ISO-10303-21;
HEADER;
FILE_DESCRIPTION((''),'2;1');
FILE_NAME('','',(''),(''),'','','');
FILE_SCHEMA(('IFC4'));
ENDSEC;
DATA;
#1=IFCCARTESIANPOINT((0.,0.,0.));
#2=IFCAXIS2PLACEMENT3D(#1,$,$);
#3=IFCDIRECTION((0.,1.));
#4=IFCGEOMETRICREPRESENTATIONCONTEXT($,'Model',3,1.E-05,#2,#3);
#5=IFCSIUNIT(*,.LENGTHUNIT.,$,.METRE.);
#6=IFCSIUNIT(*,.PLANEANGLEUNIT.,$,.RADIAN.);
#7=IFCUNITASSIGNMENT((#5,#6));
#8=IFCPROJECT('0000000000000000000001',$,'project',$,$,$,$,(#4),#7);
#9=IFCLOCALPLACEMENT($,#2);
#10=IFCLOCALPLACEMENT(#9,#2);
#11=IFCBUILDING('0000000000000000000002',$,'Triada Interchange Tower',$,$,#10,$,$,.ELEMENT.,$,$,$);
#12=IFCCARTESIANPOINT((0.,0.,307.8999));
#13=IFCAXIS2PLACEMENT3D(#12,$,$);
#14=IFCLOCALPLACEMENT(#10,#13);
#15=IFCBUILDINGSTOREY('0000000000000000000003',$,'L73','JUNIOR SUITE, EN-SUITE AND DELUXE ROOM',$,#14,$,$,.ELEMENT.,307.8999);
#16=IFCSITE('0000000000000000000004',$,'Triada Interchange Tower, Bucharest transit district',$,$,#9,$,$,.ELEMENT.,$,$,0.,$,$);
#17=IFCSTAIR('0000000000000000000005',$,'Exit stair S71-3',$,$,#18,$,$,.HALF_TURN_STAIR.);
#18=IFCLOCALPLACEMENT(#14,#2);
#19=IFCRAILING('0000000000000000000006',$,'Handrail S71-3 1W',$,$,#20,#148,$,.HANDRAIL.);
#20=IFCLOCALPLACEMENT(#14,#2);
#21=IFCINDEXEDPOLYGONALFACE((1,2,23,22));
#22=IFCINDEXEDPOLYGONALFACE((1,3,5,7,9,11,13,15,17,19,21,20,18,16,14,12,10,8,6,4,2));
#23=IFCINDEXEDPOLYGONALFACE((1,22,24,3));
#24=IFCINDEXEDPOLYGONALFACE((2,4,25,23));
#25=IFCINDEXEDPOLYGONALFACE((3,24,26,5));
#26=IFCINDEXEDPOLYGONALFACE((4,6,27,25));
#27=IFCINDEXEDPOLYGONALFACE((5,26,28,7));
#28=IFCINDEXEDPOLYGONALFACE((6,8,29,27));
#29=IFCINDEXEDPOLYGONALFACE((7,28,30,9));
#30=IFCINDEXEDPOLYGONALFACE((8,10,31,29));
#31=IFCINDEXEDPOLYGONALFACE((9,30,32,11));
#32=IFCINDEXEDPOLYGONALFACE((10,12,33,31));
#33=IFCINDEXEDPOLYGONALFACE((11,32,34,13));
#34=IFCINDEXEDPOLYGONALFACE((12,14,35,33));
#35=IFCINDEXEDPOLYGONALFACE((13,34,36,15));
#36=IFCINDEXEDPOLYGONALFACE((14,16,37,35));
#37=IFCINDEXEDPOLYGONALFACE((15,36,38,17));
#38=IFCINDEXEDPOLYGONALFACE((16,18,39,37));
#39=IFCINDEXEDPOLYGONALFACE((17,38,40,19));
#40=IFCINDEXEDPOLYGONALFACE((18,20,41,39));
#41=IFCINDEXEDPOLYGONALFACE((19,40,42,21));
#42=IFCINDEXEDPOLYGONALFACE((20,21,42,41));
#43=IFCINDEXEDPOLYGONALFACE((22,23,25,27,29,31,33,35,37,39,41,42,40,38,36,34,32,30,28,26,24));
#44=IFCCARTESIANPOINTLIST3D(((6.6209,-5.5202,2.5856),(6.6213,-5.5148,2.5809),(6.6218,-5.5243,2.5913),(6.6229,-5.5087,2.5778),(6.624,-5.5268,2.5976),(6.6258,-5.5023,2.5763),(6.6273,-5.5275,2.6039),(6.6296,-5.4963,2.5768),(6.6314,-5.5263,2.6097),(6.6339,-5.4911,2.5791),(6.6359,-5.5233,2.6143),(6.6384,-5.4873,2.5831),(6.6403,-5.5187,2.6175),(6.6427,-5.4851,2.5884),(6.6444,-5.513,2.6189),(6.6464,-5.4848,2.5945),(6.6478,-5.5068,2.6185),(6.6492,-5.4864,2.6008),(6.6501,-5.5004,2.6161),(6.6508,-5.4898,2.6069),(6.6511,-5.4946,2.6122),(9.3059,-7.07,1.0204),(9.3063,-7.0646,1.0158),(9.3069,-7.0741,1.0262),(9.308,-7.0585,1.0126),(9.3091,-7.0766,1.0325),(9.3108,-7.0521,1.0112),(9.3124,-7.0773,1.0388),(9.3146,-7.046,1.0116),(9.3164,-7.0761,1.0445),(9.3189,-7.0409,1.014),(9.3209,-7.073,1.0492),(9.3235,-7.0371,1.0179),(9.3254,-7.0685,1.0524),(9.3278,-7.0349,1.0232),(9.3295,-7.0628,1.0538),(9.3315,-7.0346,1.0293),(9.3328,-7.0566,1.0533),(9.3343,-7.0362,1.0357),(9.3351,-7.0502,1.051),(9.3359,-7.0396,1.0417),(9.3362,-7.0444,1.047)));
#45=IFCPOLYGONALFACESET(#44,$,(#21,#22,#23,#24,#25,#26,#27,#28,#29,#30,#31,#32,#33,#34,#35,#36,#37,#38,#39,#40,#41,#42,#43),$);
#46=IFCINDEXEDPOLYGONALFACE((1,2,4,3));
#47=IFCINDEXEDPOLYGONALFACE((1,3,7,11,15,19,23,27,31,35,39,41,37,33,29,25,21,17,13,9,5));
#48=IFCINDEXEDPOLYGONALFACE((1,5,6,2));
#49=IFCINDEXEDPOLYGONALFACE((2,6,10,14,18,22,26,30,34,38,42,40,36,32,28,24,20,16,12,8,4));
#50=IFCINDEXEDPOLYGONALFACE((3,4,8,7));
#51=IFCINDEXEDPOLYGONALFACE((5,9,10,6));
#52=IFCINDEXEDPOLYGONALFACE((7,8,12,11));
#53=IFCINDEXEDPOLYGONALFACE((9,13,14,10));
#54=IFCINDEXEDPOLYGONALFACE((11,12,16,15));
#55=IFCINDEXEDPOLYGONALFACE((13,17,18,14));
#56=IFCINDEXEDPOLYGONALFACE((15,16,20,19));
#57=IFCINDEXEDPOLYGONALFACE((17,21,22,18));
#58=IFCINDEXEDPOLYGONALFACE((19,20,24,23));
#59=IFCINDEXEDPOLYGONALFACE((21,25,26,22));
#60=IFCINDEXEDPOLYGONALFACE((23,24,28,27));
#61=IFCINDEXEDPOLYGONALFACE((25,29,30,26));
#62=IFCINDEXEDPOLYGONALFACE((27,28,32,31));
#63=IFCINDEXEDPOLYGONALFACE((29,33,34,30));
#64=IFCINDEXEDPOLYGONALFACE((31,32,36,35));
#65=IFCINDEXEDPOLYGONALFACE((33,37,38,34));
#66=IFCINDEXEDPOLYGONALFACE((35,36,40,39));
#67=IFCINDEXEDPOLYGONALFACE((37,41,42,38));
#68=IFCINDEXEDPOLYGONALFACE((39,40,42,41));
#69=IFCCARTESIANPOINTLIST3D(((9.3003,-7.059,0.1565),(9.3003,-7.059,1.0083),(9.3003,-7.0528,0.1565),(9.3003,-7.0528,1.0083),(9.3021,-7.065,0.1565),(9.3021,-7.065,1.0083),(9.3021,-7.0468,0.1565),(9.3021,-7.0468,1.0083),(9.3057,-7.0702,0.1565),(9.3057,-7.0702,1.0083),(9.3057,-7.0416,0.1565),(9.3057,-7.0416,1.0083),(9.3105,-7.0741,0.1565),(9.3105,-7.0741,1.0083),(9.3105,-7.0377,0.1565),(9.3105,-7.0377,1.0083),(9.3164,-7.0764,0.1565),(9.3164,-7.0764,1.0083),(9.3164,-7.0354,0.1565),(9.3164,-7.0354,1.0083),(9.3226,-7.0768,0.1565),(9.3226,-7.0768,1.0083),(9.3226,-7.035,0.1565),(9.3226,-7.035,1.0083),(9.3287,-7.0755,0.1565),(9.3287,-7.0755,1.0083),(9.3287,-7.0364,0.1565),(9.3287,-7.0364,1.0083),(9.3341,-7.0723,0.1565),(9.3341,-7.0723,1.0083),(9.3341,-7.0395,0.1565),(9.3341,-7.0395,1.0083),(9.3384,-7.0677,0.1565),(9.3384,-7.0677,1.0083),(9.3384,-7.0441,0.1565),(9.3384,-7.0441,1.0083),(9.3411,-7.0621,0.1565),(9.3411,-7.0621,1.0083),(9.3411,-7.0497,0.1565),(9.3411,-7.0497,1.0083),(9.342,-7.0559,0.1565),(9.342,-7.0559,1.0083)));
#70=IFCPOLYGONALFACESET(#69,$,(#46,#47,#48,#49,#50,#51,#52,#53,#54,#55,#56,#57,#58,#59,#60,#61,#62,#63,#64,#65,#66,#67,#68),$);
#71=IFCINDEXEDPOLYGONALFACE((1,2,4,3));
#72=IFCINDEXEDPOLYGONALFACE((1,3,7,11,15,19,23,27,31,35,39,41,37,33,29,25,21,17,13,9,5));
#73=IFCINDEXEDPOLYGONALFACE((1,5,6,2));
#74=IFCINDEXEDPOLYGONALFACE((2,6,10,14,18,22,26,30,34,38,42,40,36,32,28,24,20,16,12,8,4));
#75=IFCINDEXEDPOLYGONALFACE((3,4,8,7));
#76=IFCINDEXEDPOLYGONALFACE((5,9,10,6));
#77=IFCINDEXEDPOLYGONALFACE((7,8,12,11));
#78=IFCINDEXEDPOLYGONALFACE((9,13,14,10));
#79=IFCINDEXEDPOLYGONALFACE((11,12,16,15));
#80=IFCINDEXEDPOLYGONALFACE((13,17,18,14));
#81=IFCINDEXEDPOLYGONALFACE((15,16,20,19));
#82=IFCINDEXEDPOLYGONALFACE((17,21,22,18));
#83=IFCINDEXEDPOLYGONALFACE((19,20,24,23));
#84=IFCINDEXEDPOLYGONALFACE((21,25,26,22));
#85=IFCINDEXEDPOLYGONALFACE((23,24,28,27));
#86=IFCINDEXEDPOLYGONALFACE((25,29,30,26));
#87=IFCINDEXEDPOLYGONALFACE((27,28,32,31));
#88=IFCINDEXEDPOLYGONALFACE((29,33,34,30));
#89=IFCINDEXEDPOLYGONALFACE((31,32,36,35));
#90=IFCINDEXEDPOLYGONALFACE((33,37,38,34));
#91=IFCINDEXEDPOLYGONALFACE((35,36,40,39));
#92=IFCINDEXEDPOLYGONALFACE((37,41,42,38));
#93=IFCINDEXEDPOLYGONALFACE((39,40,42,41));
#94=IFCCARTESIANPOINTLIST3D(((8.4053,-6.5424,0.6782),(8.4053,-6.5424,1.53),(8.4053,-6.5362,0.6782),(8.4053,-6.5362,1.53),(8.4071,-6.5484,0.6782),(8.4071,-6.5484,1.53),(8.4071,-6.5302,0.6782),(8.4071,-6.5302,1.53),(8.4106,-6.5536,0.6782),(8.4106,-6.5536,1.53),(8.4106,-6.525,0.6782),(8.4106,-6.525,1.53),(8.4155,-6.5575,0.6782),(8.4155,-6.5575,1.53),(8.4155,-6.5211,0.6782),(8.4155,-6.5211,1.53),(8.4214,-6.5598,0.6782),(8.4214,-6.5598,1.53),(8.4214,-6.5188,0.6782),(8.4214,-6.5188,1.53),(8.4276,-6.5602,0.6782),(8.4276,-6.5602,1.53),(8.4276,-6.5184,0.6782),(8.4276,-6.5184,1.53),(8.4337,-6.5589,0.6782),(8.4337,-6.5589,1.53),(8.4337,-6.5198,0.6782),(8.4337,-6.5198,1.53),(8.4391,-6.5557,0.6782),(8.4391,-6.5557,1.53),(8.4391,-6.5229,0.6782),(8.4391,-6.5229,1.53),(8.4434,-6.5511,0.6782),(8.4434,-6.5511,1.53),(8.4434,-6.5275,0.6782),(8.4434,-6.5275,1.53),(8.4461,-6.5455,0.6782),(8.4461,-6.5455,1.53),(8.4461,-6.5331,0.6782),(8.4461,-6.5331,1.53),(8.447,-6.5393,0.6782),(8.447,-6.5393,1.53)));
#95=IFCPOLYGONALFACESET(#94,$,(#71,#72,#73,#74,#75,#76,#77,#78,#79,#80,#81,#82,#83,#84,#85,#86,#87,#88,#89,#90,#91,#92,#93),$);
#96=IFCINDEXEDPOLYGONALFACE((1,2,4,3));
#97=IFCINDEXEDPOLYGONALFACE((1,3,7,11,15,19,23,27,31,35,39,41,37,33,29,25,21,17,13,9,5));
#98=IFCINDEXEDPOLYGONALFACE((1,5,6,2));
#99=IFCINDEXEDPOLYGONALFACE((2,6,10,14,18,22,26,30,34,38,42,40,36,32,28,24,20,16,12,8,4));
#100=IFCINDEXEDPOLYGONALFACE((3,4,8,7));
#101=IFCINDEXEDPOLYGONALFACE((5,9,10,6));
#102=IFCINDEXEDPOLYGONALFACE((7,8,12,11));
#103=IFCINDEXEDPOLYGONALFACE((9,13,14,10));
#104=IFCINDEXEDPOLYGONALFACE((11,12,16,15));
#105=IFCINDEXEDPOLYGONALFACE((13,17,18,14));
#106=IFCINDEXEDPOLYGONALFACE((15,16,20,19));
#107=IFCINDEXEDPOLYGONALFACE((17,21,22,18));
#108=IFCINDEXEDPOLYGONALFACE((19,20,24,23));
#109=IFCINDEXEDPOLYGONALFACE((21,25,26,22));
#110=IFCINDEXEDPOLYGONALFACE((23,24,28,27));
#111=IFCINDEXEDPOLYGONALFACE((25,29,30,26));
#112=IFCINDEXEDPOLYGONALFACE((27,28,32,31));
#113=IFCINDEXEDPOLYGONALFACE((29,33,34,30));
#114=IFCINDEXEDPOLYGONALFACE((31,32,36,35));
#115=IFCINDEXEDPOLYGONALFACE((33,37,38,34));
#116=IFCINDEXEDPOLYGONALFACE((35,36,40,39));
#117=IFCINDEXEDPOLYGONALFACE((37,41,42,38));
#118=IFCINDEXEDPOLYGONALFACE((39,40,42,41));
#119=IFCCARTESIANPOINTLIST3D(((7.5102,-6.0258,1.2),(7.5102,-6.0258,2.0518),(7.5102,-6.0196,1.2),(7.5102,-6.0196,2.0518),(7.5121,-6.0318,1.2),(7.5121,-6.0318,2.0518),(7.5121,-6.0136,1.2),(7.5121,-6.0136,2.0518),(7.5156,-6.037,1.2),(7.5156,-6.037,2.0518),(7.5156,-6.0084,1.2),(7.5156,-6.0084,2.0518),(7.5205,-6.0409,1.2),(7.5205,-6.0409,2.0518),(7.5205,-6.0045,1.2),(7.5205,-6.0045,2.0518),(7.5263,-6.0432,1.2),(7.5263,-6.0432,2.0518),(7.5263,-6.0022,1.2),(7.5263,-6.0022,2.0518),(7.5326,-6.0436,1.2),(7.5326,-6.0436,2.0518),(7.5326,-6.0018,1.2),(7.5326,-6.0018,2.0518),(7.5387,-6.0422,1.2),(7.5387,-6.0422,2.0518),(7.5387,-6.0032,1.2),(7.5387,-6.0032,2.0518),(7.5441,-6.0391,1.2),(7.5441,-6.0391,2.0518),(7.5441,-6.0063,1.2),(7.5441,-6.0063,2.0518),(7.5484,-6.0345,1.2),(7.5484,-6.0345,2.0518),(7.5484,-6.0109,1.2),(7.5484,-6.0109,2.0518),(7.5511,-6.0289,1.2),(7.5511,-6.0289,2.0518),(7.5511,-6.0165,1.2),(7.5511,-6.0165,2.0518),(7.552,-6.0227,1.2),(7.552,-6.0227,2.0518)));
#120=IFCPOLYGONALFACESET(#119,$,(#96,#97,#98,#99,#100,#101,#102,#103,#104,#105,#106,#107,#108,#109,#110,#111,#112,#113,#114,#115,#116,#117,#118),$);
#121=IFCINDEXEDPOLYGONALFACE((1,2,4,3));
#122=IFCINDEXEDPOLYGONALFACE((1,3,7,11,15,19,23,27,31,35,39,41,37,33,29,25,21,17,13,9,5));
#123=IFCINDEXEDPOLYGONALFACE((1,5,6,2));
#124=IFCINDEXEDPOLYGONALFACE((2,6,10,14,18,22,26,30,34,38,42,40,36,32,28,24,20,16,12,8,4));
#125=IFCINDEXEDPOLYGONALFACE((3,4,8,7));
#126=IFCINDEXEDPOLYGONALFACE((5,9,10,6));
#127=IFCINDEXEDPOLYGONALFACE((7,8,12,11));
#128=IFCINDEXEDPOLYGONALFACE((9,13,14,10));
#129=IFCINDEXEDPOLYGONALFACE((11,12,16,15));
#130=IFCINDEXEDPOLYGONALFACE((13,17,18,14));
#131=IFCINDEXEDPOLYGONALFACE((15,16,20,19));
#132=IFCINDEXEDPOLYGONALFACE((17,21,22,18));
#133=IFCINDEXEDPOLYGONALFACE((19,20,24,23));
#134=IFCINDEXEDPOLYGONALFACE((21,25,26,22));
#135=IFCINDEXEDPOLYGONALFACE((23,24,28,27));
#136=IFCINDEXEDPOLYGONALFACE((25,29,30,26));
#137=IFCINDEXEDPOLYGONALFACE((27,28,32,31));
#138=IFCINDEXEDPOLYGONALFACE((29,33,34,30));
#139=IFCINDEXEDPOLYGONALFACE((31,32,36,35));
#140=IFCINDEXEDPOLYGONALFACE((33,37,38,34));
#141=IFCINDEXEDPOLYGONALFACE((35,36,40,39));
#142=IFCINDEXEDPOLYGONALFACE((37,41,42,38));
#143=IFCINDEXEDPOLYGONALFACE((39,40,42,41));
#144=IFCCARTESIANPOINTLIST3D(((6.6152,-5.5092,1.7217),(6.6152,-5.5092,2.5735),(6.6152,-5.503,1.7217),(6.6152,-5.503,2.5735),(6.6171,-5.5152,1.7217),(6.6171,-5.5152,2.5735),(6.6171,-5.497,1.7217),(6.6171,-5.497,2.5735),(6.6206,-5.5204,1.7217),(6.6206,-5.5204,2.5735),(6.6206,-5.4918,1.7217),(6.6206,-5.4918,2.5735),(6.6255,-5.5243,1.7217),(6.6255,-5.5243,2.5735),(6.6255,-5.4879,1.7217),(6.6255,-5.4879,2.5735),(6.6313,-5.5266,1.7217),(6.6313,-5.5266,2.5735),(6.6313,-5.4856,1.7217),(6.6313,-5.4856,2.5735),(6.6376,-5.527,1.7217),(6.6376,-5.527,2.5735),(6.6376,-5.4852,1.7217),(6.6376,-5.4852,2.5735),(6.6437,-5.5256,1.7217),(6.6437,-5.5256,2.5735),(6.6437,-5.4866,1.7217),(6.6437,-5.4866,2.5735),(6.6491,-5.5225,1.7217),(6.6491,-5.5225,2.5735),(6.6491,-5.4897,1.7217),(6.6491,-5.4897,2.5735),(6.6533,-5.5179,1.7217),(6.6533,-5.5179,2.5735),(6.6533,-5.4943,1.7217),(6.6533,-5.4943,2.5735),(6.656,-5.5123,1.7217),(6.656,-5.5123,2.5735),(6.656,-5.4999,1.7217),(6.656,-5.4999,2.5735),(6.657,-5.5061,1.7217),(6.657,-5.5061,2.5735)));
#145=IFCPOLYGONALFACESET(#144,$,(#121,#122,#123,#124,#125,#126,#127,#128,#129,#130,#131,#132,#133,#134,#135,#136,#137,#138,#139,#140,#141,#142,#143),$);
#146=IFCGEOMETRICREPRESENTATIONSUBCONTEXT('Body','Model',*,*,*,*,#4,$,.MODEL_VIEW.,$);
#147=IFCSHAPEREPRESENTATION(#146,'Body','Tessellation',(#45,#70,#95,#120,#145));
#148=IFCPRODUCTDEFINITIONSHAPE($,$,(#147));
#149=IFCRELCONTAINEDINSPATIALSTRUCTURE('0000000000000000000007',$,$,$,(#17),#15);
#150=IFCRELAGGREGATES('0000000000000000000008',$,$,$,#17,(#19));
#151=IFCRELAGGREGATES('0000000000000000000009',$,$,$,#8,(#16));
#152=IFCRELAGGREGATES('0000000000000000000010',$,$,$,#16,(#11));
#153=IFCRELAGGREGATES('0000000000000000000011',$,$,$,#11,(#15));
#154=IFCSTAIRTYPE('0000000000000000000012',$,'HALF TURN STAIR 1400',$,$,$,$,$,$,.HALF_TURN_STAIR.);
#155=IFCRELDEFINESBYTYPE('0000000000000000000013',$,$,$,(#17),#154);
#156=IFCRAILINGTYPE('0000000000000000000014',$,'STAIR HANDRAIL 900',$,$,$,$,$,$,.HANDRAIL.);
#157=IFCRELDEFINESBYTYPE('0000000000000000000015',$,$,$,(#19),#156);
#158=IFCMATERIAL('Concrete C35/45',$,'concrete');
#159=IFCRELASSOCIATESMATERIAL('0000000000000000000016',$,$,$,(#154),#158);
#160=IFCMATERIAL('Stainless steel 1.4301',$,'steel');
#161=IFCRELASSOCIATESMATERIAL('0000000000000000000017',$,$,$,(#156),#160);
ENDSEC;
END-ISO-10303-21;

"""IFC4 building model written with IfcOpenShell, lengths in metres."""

from ifc_helpers import new_model, si_unit, direction, frame, origin, origin_2d, place, context, subcontext, project, spatial, circle, extrude, material, type_object, element, aggregate, save


model = new_model("IFC4")

# Units and contexts
model_context = context("Model", 3, precision=1e-05, world=origin(), true_north=direction((0.0, 1.0)))
body_context = subcontext(model_context, "Body", "Model", "MODEL_VIEW")
ifc_project = project(units=[si_unit("LENGTHUNIT", "METRE"), si_unit("PLANEANGLEUNIT", "RADIAN")], contexts=[model_context])

# Site, building, storey
site_placement = place(None, origin())
site = spatial("IfcSite", under=ifc_project, at=site_placement, Name="Triada Interchange Tower, Bucharest transit district", CompositionType="ELEMENT", RefElevation=0.0)
building_placement = place(site_placement, origin())
building = spatial("IfcBuilding", under=site, at=building_placement, Name="Triada Interchange Tower", CompositionType="ELEMENT")
storey_placement = place(building_placement, frame((0.0, 0.0, 307.8999)))
storey = spatial("IfcBuildingStorey", under=building, at=storey_placement, Name="L73", Description="JUNIOR SUITE, EN-SUITE AND DELUXE ROOM", CompositionType="ELEMENT", Elevation=307.8999)

# Stair, railing
ifc_material_1 = material(Name="Concrete C35/45", Category="concrete")
stair_type = type_object("IfcStairType", Name="HALF TURN STAIR 1400", PredefinedType="HALF_TURN_STAIR", material=ifc_material_1)
stair_placement = place(storey_placement, origin())
stair = element("IfcStair", 1, at=stair_placement, inside=storey, type_object=stair_type, Name="Exit stair S71-3", PredefinedType="HALF_TURN_STAIR")
ifc_material_2 = material(Name="Stainless steel 1.4301", Category="steel")
railing_type = type_object("IfcRailingType", Name="STAIR HANDRAIL 900", PredefinedType="HANDRAIL", material=ifc_material_2)
railing_1_placement = place(storey_placement, frame((9.321, -7.0559, 0.1565)))
railing_1 = element("IfcRailing", 2, at=railing_1_placement, type_object=railing_type, Name="Handrail S71-3 1W", PredefinedType="HANDRAIL", context=body_context, shape_type="SweptSolid", body=[
    extrude(circle(Radius=0.0239, at=origin_2d()), frame((0.0, 0.0, 0.876), z_axis=(-0.773139, 0.446253, 0.450682), x_axis=(-0.4999, -0.866083, 0.0)), (0.0, 0.0, 1.0), 3.4729),
    extrude(circle(Radius=0.021, at=origin_2d()), origin(), (0.0, 0.0, 1.0), 0.8518),
    extrude(circle(Radius=0.021, at=origin_2d()), frame((-0.895, 0.5166, 0.5217)), (0.0, 0.0, 1.0), 0.8518),
    extrude(circle(Radius=0.021, at=origin_2d()), frame((-1.79, 1.0332, 1.0435)), (0.0, 0.0, 1.0), 0.8518),
    extrude(circle(Radius=0.021, at=origin_2d()), frame((-2.6851, 1.5498, 1.5652)), (0.0, 0.0, 1.0), 0.8518),
])
aggregate(stair, [railing_1])

save(model, "model.ifc")
